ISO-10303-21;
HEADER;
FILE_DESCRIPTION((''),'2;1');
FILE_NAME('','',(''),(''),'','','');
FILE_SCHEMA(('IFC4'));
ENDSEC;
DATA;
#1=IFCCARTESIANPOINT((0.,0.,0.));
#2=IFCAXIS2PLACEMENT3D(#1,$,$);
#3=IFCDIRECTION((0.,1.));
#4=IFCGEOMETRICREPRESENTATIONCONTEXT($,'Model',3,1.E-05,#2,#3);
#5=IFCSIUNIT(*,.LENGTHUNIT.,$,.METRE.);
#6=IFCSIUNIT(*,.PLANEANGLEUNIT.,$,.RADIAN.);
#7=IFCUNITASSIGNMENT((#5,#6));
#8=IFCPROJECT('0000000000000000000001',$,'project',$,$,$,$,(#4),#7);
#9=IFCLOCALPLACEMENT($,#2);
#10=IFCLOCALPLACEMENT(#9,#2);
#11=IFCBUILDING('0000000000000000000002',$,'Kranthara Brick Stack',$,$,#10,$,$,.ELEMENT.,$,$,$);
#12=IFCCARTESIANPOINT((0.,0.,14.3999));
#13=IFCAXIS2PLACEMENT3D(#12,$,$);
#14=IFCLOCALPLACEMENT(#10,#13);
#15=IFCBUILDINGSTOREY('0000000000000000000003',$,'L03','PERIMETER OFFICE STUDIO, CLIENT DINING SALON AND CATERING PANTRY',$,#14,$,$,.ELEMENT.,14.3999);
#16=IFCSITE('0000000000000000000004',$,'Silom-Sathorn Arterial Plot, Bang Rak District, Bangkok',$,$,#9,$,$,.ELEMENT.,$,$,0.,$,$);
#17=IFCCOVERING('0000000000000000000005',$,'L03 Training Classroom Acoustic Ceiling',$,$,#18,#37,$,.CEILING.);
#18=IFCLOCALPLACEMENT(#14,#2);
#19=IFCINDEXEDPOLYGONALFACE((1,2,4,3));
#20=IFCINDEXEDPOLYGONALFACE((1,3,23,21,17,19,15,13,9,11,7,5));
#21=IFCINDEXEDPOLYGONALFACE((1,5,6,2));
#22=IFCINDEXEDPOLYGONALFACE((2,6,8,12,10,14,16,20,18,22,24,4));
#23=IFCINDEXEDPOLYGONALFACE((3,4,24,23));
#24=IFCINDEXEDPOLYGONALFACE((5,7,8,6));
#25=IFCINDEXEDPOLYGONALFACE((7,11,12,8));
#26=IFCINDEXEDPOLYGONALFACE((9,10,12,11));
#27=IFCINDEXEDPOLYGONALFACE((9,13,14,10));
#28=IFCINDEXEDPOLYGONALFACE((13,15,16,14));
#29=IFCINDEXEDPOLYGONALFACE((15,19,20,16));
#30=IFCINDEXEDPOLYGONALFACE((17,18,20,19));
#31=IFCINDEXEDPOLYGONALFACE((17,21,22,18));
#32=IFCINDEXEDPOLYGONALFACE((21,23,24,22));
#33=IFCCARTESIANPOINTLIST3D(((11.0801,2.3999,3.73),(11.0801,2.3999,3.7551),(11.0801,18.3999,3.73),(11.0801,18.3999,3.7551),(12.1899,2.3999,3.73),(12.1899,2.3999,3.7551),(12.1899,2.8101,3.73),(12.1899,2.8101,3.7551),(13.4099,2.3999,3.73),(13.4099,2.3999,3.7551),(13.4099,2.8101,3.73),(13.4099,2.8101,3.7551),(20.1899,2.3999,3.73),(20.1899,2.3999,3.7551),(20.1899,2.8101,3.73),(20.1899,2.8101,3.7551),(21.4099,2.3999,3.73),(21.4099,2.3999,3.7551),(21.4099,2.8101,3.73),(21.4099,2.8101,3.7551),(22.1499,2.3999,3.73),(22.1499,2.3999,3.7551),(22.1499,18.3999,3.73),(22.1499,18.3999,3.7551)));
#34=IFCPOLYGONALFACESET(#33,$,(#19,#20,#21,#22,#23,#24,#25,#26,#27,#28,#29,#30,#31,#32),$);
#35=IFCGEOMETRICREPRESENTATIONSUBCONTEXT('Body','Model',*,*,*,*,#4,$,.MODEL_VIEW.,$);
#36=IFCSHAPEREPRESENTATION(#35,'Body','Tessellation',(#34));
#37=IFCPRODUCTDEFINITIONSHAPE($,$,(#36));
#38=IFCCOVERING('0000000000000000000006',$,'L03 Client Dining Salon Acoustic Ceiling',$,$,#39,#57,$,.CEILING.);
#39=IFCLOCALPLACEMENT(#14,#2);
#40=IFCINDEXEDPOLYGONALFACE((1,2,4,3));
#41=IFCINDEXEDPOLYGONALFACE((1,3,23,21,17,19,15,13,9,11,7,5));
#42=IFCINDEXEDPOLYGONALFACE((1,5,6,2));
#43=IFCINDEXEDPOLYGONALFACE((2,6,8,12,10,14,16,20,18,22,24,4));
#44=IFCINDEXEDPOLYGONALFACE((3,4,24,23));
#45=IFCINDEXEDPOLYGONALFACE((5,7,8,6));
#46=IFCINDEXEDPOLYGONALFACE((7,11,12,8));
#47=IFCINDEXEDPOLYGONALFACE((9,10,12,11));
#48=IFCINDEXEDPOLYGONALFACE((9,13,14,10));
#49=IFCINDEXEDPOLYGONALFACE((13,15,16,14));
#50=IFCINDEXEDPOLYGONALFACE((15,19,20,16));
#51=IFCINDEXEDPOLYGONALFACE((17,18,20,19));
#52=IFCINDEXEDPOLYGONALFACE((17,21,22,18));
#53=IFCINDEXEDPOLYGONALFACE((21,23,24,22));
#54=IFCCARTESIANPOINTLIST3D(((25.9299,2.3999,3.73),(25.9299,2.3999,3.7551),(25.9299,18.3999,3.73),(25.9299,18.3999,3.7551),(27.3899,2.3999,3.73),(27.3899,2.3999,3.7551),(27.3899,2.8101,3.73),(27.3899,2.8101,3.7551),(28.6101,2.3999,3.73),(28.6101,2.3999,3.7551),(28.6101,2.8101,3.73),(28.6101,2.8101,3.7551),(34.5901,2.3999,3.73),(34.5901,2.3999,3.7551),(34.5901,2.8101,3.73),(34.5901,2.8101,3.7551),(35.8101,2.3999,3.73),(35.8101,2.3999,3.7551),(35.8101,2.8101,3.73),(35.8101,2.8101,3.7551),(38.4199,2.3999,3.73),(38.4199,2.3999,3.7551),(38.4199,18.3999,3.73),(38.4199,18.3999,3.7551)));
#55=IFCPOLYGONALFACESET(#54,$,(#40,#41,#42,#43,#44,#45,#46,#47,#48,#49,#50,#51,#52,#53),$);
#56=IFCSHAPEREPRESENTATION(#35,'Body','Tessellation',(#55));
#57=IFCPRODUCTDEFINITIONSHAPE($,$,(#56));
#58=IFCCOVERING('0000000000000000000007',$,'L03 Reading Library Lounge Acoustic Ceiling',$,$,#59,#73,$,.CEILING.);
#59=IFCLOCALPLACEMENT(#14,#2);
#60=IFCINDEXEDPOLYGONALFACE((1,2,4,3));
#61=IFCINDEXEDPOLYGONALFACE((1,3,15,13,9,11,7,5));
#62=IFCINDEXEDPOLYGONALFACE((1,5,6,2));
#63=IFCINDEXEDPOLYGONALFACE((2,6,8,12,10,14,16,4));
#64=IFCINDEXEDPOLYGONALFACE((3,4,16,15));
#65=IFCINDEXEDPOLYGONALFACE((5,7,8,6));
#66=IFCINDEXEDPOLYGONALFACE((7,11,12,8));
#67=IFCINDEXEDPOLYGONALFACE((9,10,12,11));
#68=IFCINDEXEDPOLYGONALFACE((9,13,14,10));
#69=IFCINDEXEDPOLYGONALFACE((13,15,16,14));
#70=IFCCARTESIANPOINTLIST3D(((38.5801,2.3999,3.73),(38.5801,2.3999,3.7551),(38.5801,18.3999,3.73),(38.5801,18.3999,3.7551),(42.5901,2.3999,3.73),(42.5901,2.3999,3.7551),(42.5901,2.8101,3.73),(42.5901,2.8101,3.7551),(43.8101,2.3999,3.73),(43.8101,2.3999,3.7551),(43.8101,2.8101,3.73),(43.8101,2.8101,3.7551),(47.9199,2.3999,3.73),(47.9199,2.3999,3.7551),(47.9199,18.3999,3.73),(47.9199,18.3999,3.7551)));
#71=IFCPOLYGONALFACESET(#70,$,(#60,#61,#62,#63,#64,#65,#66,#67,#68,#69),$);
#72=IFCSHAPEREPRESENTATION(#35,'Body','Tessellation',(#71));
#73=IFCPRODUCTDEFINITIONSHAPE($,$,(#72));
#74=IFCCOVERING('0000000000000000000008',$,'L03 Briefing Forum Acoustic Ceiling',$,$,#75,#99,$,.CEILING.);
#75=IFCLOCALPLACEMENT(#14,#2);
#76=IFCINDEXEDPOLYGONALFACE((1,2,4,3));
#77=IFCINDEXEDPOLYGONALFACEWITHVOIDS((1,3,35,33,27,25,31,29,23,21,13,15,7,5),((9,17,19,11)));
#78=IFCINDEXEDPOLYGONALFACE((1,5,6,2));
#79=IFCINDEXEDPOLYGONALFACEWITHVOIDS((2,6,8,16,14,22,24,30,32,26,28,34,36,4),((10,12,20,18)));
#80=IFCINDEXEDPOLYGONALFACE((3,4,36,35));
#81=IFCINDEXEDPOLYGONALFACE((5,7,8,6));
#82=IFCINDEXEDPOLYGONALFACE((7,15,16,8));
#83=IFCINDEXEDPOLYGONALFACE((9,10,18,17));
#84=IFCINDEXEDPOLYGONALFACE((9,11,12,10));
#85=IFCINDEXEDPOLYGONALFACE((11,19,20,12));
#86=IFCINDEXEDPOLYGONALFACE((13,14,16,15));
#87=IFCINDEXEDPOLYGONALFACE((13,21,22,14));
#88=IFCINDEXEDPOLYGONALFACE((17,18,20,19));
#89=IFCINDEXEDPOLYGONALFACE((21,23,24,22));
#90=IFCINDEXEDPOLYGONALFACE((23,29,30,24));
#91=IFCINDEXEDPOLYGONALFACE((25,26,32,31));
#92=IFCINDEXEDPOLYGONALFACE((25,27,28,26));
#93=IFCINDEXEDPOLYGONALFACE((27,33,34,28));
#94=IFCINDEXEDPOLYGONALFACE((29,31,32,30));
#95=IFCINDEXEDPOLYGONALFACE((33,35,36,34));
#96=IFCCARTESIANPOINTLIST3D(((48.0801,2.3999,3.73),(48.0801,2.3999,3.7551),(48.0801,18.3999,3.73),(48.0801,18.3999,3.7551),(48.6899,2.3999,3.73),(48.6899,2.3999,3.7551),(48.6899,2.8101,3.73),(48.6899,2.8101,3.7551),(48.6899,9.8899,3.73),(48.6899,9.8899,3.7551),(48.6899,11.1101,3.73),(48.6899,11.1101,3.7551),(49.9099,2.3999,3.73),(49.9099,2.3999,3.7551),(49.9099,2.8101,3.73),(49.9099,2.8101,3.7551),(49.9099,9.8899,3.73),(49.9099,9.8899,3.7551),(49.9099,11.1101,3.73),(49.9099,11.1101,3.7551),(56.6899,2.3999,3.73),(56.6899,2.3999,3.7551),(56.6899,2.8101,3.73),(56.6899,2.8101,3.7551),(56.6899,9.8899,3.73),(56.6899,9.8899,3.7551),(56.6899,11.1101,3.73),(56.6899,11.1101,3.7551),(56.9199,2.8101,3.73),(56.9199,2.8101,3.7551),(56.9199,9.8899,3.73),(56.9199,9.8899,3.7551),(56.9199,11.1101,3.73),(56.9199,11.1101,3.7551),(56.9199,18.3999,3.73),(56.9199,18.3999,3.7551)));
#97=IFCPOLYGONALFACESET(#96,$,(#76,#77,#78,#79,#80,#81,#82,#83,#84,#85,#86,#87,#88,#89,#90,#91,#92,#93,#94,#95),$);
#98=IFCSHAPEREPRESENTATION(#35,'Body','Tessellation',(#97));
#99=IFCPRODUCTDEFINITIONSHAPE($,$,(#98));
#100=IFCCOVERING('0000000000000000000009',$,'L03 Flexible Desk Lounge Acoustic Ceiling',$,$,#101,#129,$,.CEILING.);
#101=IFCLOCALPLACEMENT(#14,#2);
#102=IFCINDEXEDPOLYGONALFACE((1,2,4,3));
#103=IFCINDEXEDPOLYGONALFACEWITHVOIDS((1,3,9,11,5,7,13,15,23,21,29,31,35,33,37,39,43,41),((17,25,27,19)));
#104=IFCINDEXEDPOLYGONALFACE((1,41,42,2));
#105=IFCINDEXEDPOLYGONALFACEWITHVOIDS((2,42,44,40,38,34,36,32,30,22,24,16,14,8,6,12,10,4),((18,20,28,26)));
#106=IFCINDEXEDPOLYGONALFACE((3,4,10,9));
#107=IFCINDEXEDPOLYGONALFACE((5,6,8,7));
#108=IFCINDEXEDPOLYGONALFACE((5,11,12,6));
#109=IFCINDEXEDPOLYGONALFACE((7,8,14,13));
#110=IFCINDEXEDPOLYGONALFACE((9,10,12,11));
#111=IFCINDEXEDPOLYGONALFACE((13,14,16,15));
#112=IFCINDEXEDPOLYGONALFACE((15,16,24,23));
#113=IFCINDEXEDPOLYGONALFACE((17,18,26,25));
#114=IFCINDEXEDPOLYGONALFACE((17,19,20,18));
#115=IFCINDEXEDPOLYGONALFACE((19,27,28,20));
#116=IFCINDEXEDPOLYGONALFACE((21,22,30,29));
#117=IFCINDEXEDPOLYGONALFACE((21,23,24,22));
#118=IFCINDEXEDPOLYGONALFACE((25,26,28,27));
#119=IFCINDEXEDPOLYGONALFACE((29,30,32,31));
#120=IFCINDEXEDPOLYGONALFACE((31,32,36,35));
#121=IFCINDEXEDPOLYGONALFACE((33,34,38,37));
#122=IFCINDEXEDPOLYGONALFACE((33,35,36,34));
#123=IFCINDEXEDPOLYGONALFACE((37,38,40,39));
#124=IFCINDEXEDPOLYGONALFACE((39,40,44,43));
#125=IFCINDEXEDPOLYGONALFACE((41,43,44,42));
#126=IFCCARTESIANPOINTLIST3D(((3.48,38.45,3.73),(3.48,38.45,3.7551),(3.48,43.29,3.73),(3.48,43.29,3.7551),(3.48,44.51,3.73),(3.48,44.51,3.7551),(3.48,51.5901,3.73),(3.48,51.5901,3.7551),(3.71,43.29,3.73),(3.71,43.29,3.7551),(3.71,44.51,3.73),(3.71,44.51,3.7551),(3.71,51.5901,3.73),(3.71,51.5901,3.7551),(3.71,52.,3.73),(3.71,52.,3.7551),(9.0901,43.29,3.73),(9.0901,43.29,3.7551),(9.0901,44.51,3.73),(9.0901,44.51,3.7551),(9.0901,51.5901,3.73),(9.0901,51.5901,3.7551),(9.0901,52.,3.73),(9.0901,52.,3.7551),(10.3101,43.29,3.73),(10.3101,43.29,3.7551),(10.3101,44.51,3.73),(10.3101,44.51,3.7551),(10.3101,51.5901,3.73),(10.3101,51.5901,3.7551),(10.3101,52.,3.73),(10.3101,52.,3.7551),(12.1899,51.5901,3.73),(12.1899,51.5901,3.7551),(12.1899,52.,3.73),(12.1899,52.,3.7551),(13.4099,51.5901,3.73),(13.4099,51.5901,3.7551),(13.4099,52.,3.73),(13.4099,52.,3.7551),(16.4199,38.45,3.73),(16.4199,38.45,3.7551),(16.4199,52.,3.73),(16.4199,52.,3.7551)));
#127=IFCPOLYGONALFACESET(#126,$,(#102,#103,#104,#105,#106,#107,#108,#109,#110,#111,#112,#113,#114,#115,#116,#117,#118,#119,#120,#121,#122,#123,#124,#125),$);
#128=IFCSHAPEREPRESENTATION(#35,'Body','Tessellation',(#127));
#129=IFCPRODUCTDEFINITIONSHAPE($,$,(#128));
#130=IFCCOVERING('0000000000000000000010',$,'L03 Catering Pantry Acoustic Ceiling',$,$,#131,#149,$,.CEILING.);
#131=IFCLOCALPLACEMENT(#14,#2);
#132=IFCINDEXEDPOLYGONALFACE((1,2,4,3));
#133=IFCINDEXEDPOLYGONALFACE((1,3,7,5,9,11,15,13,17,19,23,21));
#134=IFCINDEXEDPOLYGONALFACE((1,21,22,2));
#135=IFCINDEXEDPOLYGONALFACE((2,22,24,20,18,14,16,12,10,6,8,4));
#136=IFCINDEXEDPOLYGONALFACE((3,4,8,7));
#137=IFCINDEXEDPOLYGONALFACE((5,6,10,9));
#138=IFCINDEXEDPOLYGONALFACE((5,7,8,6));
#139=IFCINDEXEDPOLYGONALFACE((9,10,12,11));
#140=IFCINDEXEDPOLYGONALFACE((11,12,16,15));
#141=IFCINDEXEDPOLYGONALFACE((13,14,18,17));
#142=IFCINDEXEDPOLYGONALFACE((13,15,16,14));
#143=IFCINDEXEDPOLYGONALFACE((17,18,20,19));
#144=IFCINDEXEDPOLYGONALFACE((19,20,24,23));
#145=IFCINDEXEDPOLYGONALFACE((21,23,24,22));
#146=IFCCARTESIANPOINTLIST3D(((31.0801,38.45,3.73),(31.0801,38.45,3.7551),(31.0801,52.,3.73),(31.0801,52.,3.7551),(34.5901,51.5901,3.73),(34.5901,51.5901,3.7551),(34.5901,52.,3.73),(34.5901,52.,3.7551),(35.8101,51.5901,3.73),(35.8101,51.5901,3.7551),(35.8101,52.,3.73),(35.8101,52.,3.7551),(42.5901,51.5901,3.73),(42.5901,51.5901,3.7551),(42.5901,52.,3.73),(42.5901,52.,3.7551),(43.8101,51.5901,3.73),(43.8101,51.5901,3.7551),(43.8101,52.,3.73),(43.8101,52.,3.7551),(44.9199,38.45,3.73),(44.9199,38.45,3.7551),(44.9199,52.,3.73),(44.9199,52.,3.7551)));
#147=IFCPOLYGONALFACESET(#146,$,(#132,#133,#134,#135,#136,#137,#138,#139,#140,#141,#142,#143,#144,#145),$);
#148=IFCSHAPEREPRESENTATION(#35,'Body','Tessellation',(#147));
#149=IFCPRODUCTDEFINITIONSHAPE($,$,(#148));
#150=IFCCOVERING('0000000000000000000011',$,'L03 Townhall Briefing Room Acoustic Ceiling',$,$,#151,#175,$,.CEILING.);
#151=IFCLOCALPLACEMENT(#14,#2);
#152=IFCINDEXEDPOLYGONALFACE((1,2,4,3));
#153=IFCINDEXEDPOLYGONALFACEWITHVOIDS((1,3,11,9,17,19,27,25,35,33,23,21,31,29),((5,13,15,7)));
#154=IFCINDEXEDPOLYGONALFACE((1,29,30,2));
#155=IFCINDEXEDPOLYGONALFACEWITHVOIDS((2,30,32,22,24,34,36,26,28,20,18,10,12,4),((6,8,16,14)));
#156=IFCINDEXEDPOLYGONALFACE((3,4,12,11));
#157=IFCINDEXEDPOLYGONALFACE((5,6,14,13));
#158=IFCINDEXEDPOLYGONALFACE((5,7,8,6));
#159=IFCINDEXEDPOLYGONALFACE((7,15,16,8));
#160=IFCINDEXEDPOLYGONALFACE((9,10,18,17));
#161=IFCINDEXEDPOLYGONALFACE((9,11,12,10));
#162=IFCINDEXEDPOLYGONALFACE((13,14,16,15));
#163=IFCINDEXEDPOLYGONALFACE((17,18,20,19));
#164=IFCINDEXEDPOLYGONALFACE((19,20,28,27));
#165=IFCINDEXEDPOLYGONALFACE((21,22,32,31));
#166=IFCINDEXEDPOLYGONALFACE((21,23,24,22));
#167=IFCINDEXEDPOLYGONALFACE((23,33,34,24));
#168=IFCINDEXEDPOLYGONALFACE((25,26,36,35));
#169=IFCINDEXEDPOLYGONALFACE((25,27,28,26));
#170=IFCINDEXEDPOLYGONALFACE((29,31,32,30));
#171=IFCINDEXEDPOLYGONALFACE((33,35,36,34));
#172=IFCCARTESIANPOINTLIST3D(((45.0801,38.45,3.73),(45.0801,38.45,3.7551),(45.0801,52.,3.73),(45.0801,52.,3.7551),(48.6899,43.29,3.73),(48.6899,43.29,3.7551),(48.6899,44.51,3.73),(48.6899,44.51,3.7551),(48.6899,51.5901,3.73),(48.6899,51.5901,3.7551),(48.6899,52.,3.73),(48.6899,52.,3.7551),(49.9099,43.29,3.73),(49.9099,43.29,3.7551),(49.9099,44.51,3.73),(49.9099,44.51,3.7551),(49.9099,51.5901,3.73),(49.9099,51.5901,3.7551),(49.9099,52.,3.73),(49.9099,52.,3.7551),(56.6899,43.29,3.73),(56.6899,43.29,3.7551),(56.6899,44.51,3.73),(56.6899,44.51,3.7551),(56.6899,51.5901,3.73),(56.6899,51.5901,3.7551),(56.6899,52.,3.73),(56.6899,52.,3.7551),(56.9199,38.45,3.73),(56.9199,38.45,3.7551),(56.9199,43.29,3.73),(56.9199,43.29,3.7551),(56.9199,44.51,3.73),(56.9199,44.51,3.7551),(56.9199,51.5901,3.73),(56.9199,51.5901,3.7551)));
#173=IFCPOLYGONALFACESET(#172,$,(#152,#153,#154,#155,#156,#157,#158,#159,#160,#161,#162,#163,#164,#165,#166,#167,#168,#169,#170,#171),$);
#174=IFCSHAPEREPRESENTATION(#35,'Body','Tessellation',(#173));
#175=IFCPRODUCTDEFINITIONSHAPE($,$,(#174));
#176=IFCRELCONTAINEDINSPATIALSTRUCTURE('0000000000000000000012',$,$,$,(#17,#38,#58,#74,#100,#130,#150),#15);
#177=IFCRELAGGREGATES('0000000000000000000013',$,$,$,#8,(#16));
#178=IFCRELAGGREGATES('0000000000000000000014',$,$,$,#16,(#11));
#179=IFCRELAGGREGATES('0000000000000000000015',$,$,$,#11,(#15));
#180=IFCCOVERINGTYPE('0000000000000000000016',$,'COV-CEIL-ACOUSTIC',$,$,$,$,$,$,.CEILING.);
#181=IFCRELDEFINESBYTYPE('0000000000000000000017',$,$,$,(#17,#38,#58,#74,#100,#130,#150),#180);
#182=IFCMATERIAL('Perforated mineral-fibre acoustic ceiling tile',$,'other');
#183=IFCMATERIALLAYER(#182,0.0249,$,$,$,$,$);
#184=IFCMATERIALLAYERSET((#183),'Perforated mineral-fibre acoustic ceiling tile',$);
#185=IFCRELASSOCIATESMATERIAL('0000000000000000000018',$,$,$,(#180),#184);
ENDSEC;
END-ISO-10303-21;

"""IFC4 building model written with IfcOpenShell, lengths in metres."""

from ifc_helpers import new_model, si_unit, direction, frame, origin, place, context, subcontext, project, spatial, polyline, outline, extrude, material, layer, layer_set, type_object, element, save


model = new_model("IFC4")

# Units and contexts
model_context = context("Model", 3, precision=1e-05, world=origin(), true_north=direction((0.0, 1.0)))
body_context = subcontext(model_context, "Body", "Model", "MODEL_VIEW")
ifc_project = project(units=[si_unit("LENGTHUNIT", "METRE"), si_unit("PLANEANGLEUNIT", "RADIAN")], contexts=[model_context])

# Site, building, storey
site_placement = place(None, origin())
site = spatial("IfcSite", under=ifc_project, at=site_placement, Name="Silom-Sathorn Arterial Plot, Bang Rak District, Bangkok", CompositionType="ELEMENT", RefElevation=0.0)
building_placement = place(site_placement, origin())
building = spatial("IfcBuilding", under=site, at=building_placement, Name="Kranthara Brick Stack", CompositionType="ELEMENT")
storey_placement = place(building_placement, frame((0.0, 0.0, 14.3999)))
storey = spatial("IfcBuildingStorey", under=building, at=storey_placement, Name="L03", Description="PERIMETER OFFICE STUDIO, CLIENT DINING SALON AND CATERING PANTRY", CompositionType="ELEMENT", Elevation=14.3999)

# Coverings
ifc_material_1 = material(Name="Perforated mineral-fibre acoustic ceiling tile", Category="other")
ifc_layer_1 = layer(ifc_material_1, 0.0249)
ifc_layer_set_1 = layer_set([ifc_layer_1], Name="Perforated mineral-fibre acoustic ceiling tile")
covering_type_1 = type_object("IfcCoveringType", Name="COV-CEIL-ACOUSTIC", PredefinedType="CEILING", material=ifc_layer_set_1)
covering_1_placement = place(storey_placement, frame((0.0, 0.0, 3.73)))
element("IfcCovering", 1, at=covering_1_placement, inside=storey, type_object=covering_type_1, Name="L03 Training Classroom Acoustic Ceiling", PredefinedType="CEILING", context=body_context, shape_type="SweptSolid", body=[
    extrude(outline(polyline([(11.0801, 18.3999), (22.1499, 18.3999), (22.1499, 2.3999), (21.4099, 2.3999), (21.4099, 2.8101), (20.1899, 2.8101), (20.1899, 2.3999), (13.4099, 2.3999), (13.4099, 2.8101), (12.1899, 2.8101), (12.1899, 2.3999), (11.0801, 2.3999), (11.0801, 18.3999)])), origin(), (0.0, 0.0, 1.0), 0.0251),
])
covering_2_placement = place(storey_placement, frame((0.0, 0.0, 3.73)))
element("IfcCovering", 2, at=covering_2_placement, inside=storey, type_object=covering_type_1, Name="L03 Client Dining Salon Acoustic Ceiling", PredefinedType="CEILING", context=body_context, shape_type="SweptSolid", body=[
    extrude(outline(polyline([(25.9299, 18.3999), (38.4199, 18.3999), (38.4199, 2.3999), (35.8101, 2.3999), (35.8101, 2.8101), (34.5901, 2.8101), (34.5901, 2.3999), (28.6101, 2.3999), (28.6101, 2.8101), (27.3899, 2.8101), (27.3899, 2.3999), (25.9299, 2.3999), (25.9299, 18.3999)])), origin(), (0.0, 0.0, 1.0), 0.0251),
])
covering_3_placement = place(storey_placement, frame((0.0, 0.0, 3.73)))
element("IfcCovering", 3, at=covering_3_placement, inside=storey, type_object=covering_type_1, Name="L03 Reading Library Lounge Acoustic Ceiling", PredefinedType="CEILING", context=body_context, shape_type="SweptSolid", body=[
    extrude(outline(polyline([(38.5801, 2.3999), (38.5801, 18.3999), (47.9199, 18.3999), (47.9199, 2.3999), (43.8101, 2.3999), (43.8101, 2.8101), (42.5901, 2.8101), (42.5901, 2.3999), (38.5801, 2.3999)])), origin(), (0.0, 0.0, 1.0), 0.0251),
])
covering_4_placement = place(storey_placement, frame((0.0, 0.0, 3.73)))
element("IfcCovering", 4, at=covering_4_placement, inside=storey, type_object=covering_type_1, Name="L03 Briefing Forum Acoustic Ceiling", PredefinedType="CEILING", context=body_context, shape_type="SweptSolid", body=[
    extrude(outline(polyline([(56.9199, 11.1101), (56.6899, 11.1101), (56.6899, 9.8899), (56.9199, 9.8899), (56.9199, 2.8101), (56.6899, 2.8101), (56.6899, 2.3999), (49.9099, 2.3999), (49.9099, 2.8101), (48.6899, 2.8101), (48.6899, 2.3999), (48.0801, 2.3999), (48.0801, 18.3999), (56.9199, 18.3999), (56.9199, 11.1101)]), holes=[polyline([(49.9099, 11.1101), (48.6899, 11.1101), (48.6899, 9.8899), (49.9099, 9.8899), (49.9099, 11.1101)])]), origin(), (0.0, 0.0, 1.0), 0.0251),
])
covering_5_placement = place(storey_placement, frame((0.0, 0.0, 3.73)))
element("IfcCovering", 5, at=covering_5_placement, inside=storey, type_object=covering_type_1, Name="L03 Flexible Desk Lounge Acoustic Ceiling", PredefinedType="CEILING", context=body_context, shape_type="SweptSolid", body=[
    extrude(outline(polyline([(3.71, 43.29), (3.71, 44.51), (3.48, 44.51), (3.48, 51.5901), (3.71, 51.5901), (3.71, 52.0), (9.0901, 52.0), (9.0901, 51.5901), (10.3101, 51.5901), (10.3101, 52.0), (12.1899, 52.0), (12.1899, 51.5901), (13.4099, 51.5901), (13.4099, 52.0), (16.4199, 52.0), (16.4199, 38.45), (3.48, 38.45), (3.48, 43.29), (3.71, 43.29)]), holes=[polyline([(10.3101, 44.51), (9.0901, 44.51), (9.0901, 43.29), (10.3101, 43.29), (10.3101, 44.51)])]), origin(), (0.0, 0.0, 1.0), 0.0251),
])
covering_6_placement = place(storey_placement, frame((0.0, 0.0, 3.73)))
element("IfcCovering", 6, at=covering_6_placement, inside=storey, type_object=covering_type_1, Name="L03 Catering Pantry Acoustic Ceiling", PredefinedType="CEILING", context=body_context, shape_type="SweptSolid", body=[
    extrude(outline(polyline([(44.9199, 38.45), (31.0801, 38.45), (31.0801, 52.0), (34.5901, 52.0), (34.5901, 51.5901), (35.8101, 51.5901), (35.8101, 52.0), (42.5901, 52.0), (42.5901, 51.5901), (43.8101, 51.5901), (43.8101, 52.0), (44.9199, 52.0), (44.9199, 38.45)])), origin(), (0.0, 0.0, 1.0), 0.0251),
])
covering_7_placement = place(storey_placement, frame((0.0, 0.0, 3.73)))
element("IfcCovering", 7, at=covering_7_placement, inside=storey, type_object=covering_type_1, Name="L03 Townhall Briefing Room Acoustic Ceiling", PredefinedType="CEILING", context=body_context, shape_type="SweptSolid", body=[
    extrude(outline(polyline([(45.0801, 52.0), (48.6899, 52.0), (48.6899, 51.5901), (49.9099, 51.5901), (49.9099, 52.0), (56.6899, 52.0), (56.6899, 51.5901), (56.9199, 51.5901), (56.9199, 44.51), (56.6899, 44.51), (56.6899, 43.29), (56.9199, 43.29), (56.9199, 38.45), (45.0801, 38.45), (45.0801, 52.0)]), holes=[polyline([(49.9099, 44.51), (48.6899, 44.51), (48.6899, 43.29), (49.9099, 43.29), (49.9099, 44.51)])]), origin(), (0.0, 0.0, 1.0), 0.0251),
])

save(model, "model.ifc")
